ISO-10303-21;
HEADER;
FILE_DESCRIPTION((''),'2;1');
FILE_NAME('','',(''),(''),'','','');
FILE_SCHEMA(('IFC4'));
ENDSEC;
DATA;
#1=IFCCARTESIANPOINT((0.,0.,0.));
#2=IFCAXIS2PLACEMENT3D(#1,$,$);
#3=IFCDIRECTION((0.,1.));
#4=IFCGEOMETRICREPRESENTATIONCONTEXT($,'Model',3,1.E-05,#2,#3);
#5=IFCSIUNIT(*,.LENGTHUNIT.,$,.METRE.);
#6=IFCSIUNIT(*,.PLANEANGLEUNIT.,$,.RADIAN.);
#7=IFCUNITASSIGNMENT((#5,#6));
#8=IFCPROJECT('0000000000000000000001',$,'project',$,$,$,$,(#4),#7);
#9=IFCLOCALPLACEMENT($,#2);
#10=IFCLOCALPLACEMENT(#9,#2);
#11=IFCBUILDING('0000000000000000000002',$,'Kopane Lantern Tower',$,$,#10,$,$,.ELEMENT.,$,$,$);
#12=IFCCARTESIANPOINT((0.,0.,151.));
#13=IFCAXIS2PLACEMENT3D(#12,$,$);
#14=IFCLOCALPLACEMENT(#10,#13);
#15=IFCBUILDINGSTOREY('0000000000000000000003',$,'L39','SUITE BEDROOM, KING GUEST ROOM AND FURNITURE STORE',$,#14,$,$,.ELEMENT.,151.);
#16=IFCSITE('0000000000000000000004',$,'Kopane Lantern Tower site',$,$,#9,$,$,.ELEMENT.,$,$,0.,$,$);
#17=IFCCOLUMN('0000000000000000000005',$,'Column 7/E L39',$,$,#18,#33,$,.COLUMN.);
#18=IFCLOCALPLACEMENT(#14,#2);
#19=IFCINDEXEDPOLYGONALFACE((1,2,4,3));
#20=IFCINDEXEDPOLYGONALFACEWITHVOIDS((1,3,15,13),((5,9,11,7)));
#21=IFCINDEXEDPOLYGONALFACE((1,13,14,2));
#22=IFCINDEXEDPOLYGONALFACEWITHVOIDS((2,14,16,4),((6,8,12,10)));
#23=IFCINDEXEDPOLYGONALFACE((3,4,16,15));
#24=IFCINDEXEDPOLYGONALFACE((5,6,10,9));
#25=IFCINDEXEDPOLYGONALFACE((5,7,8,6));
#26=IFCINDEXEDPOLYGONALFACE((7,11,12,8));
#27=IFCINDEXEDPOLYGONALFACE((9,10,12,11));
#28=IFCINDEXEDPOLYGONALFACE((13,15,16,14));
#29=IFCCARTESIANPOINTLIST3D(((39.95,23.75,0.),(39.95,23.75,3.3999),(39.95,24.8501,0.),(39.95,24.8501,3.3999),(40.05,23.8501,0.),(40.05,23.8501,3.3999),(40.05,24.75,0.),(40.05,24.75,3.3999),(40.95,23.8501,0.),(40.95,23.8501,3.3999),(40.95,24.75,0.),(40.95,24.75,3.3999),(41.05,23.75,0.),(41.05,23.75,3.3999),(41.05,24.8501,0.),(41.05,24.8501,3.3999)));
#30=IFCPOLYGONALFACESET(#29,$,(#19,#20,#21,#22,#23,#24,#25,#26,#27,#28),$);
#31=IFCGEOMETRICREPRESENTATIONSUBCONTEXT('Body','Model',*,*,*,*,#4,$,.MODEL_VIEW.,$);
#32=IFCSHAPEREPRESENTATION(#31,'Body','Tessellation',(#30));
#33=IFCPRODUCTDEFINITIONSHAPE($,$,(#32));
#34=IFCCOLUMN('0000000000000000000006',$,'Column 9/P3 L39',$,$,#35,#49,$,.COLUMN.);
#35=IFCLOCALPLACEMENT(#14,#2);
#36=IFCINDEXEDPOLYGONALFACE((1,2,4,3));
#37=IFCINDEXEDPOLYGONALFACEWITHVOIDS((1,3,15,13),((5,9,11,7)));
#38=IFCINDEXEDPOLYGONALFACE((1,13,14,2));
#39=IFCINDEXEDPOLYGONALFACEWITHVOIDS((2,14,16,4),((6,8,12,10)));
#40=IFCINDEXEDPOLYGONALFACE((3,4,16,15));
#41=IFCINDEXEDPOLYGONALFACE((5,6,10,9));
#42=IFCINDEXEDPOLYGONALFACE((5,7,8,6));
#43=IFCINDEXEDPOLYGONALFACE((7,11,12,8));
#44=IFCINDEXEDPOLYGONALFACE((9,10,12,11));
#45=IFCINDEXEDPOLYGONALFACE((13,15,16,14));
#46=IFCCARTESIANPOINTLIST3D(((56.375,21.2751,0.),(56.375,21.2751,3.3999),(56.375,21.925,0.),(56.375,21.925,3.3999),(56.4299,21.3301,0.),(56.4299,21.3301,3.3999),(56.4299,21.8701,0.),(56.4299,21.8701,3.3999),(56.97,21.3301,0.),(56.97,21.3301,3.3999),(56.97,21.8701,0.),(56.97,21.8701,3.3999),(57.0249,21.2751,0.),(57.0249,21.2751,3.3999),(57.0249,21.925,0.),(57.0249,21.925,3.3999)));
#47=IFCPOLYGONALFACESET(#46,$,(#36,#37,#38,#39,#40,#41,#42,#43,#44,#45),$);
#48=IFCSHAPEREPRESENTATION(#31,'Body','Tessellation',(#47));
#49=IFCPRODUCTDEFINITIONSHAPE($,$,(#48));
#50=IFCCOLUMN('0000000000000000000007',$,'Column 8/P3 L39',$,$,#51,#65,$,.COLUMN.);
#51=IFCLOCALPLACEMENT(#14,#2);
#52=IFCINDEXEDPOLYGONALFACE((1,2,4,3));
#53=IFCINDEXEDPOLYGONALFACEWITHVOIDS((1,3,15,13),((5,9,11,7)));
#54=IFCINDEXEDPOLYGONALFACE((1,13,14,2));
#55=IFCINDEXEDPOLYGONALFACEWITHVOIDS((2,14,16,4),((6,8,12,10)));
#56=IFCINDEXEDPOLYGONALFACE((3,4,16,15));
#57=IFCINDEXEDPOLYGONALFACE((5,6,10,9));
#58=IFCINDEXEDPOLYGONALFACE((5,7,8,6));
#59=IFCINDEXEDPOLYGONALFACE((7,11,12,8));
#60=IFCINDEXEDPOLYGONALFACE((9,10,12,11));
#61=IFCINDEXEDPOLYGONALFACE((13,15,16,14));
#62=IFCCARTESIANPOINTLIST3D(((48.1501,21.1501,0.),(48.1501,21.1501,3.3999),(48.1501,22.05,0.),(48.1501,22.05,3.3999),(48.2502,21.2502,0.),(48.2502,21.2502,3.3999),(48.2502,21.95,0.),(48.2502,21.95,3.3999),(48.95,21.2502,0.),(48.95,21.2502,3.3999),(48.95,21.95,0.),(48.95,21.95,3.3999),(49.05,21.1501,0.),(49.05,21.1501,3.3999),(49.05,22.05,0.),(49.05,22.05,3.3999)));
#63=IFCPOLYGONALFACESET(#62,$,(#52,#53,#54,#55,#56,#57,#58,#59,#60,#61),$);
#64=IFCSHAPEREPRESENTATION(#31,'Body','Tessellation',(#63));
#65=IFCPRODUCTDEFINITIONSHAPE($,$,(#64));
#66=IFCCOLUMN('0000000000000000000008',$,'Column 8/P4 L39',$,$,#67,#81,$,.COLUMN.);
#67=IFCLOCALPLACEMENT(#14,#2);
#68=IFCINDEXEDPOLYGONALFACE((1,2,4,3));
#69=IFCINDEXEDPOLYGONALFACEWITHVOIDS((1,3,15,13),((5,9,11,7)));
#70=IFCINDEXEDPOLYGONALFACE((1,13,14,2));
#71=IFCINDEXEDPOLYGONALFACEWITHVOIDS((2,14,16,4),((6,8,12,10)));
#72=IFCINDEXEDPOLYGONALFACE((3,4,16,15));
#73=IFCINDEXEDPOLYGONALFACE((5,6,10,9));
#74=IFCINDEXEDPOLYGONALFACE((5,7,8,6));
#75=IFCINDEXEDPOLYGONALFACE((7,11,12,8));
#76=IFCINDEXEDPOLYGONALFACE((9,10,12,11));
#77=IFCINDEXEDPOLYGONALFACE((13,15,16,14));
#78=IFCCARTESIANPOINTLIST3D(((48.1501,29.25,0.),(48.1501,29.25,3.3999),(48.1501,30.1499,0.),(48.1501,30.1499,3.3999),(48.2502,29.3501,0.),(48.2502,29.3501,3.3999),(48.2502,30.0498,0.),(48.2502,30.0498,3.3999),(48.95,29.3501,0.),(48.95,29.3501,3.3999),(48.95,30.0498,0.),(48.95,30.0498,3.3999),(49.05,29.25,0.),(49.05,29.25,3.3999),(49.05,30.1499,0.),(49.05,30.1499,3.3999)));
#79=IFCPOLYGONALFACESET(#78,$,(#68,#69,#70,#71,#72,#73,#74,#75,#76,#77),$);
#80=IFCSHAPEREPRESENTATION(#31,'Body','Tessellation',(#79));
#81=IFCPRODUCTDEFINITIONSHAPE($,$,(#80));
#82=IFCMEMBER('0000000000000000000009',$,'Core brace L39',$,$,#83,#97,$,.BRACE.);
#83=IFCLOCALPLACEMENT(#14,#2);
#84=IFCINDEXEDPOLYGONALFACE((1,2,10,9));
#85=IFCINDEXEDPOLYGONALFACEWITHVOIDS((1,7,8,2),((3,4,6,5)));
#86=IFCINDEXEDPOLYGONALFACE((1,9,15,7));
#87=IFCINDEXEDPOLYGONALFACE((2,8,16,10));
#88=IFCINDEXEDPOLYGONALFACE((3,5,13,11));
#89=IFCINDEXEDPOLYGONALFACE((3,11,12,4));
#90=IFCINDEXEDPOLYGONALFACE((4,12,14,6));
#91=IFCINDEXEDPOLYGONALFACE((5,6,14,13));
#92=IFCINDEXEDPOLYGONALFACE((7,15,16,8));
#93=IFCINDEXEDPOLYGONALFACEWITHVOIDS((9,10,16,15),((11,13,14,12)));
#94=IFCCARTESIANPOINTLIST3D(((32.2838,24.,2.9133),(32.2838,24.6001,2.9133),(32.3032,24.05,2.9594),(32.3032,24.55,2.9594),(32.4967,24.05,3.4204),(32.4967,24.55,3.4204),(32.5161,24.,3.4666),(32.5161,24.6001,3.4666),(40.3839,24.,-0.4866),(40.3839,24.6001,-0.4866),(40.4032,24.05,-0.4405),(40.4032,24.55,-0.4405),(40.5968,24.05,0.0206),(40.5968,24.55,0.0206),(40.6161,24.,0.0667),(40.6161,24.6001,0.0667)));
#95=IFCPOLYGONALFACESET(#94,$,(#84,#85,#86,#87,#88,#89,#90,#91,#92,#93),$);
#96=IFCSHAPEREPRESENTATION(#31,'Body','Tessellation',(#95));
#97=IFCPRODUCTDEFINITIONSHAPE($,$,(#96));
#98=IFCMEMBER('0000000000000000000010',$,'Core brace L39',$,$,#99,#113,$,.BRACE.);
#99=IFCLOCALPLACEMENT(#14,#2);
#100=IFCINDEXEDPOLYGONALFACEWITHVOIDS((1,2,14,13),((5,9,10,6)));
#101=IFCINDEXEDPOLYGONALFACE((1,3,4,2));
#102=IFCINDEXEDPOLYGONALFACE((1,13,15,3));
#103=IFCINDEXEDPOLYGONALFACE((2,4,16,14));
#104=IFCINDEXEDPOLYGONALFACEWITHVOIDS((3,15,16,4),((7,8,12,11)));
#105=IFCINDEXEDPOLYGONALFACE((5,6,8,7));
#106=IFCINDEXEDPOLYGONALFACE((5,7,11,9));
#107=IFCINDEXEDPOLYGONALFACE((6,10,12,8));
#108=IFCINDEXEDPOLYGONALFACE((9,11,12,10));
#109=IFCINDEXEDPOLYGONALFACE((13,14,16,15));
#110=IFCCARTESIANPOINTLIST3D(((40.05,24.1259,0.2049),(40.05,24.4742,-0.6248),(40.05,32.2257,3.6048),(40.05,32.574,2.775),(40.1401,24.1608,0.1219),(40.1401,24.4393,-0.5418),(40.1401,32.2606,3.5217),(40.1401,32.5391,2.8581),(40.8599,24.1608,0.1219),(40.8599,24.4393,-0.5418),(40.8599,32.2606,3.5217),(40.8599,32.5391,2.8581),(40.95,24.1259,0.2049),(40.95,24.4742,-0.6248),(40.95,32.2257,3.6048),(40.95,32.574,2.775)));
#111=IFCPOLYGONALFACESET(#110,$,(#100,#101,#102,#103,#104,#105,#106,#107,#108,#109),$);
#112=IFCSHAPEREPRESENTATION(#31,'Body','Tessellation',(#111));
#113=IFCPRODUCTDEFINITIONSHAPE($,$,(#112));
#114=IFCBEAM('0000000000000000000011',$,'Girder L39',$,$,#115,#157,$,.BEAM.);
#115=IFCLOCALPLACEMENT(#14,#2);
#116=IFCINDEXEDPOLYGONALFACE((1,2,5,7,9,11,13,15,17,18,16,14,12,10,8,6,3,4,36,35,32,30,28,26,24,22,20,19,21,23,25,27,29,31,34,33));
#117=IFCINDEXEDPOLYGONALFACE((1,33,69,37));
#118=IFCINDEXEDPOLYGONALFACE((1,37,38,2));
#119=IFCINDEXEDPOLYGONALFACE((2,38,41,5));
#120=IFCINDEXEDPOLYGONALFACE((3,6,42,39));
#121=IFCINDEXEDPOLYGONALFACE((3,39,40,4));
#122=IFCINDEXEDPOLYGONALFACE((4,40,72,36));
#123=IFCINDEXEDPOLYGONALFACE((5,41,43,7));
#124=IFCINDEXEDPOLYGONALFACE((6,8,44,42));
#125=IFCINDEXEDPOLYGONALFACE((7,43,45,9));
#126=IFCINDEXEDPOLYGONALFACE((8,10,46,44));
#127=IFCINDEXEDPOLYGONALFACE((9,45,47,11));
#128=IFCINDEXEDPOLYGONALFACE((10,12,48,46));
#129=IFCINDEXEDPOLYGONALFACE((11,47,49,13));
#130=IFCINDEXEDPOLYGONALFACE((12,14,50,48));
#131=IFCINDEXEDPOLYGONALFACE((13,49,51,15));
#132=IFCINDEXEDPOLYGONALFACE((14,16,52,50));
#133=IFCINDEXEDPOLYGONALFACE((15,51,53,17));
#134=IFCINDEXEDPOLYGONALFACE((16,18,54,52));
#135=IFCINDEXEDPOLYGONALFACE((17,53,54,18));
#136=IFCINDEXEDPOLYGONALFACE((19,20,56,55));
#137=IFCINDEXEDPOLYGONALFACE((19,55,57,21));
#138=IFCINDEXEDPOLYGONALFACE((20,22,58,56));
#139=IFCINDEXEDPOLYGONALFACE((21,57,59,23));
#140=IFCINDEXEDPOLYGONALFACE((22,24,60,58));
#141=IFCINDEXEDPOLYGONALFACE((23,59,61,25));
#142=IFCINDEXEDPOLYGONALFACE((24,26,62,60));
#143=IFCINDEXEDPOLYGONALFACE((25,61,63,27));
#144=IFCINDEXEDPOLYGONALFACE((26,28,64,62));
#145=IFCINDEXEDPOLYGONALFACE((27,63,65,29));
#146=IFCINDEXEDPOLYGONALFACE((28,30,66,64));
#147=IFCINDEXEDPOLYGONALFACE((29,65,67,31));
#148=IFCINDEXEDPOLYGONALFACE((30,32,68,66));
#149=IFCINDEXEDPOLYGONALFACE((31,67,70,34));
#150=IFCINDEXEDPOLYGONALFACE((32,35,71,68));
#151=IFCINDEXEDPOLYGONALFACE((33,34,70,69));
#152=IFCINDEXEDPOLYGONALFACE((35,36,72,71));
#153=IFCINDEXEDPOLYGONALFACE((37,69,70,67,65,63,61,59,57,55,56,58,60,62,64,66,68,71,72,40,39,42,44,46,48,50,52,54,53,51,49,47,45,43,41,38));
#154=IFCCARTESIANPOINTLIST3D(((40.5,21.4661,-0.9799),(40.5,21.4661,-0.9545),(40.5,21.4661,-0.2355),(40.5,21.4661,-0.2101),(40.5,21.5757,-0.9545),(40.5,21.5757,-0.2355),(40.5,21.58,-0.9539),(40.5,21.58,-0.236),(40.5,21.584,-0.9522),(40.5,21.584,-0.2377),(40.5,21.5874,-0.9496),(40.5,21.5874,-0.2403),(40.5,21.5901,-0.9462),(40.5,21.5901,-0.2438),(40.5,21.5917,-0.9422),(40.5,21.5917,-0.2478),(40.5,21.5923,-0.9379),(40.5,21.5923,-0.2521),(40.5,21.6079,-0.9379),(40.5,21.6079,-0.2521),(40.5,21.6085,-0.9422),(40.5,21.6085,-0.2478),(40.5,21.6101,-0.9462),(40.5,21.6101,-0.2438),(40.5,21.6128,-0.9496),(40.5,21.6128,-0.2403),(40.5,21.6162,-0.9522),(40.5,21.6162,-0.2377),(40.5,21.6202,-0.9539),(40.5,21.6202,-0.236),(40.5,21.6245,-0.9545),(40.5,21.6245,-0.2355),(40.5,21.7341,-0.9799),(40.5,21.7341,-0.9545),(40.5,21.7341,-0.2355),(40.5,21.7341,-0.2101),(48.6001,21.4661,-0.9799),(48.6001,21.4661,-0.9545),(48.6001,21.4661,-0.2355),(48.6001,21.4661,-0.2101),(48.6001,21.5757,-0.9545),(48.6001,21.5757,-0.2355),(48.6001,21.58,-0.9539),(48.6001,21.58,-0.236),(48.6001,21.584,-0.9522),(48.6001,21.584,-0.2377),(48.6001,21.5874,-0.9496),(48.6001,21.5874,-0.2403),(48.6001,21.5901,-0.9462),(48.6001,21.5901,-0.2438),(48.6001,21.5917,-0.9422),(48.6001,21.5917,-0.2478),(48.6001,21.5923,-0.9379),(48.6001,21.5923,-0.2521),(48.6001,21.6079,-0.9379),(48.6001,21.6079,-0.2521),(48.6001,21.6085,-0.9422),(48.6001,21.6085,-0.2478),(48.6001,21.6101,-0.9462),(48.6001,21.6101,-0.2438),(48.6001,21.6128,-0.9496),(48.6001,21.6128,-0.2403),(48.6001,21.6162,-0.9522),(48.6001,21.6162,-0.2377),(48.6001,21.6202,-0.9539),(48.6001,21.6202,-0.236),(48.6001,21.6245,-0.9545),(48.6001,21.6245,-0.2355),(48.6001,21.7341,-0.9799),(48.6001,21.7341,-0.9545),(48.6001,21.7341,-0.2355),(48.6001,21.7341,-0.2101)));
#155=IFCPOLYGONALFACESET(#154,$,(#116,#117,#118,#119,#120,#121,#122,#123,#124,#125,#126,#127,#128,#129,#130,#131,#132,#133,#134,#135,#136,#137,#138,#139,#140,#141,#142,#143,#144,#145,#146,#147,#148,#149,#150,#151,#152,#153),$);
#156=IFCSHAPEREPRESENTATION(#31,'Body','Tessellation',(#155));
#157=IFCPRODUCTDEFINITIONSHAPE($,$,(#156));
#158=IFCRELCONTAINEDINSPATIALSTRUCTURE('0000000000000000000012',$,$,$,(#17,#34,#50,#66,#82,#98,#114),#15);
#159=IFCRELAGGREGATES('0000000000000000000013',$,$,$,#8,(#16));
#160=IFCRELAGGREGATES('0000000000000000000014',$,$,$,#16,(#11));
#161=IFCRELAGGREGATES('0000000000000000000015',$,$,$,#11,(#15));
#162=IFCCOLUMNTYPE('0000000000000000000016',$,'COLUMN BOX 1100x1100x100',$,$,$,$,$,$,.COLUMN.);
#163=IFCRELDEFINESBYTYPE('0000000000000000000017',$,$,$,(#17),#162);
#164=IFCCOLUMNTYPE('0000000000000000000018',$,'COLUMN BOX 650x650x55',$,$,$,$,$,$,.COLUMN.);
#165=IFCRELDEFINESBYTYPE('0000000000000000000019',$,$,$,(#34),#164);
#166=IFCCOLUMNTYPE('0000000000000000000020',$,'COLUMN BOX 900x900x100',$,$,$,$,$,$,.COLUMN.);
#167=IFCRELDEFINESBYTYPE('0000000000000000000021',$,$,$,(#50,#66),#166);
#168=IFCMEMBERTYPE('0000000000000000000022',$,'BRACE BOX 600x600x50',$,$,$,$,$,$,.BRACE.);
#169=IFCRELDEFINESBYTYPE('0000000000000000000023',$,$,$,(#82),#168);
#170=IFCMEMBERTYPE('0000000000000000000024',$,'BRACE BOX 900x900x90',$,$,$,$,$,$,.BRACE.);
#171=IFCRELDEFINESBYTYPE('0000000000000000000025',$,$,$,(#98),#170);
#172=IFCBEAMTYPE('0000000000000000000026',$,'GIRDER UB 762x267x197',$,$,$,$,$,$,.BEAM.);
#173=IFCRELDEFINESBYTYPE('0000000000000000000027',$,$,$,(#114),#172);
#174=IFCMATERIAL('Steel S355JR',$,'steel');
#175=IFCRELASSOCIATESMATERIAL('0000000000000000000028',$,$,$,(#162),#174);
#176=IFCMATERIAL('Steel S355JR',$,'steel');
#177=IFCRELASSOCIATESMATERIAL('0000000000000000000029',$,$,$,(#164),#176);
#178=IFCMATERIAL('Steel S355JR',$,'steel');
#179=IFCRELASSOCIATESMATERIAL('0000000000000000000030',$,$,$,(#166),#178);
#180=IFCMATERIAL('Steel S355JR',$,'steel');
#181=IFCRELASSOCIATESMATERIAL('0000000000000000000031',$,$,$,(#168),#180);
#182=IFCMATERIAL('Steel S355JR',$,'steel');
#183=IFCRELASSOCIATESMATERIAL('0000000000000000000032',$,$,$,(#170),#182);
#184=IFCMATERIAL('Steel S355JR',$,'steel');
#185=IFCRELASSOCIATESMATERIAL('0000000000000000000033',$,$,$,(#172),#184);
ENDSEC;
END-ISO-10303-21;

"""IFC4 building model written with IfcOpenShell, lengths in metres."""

from ifc_helpers import new_model, si_unit, direction, frame, origin, origin_2d, place, context, subcontext, project, spatial, hollow_rectangle, i_section, extrude, material, material_profile, profile_set, type_object, element, save


model = new_model("IFC4")

# Units and contexts
model_context = context("Model", 3, precision=1e-05, world=origin(), true_north=direction((0.0, 1.0)))
body_context = subcontext(model_context, "Body", "Model", "MODEL_VIEW")
ifc_project = project(units=[si_unit("LENGTHUNIT", "METRE"), si_unit("PLANEANGLEUNIT", "RADIAN")], contexts=[model_context])

# Site, building, storey
site_placement = place(None, origin())
site = spatial("IfcSite", under=ifc_project, at=site_placement, Name="Kopane Lantern Tower site", CompositionType="ELEMENT", RefElevation=0.0)
building_placement = place(site_placement, origin())
building = spatial("IfcBuilding", under=site, at=building_placement, Name="Kopane Lantern Tower", CompositionType="ELEMENT")
storey_placement = place(building_placement, frame((0.0, 0.0, 151.0)))
storey = spatial("IfcBuildingStorey", under=building, at=storey_placement, Name="L39", Description="SUITE BEDROOM, KING GUEST ROOM AND FURNITURE STORE", CompositionType="ELEMENT", Elevation=151.0)

# Columns
ifc_material_1 = material(Name="Steel S355JR", Category="steel")
ifc_material_profile_1 = material_profile(ifc_material_1, hollow_rectangle(XDim=1.1001, YDim=1.1001, WallThickness=0.1001, at=origin_2d()), Name="BOX 1100x1100x100")
ifc_profile_set_1 = profile_set([ifc_material_profile_1], Name="Steel S355JR")
column_type_1 = type_object("IfcColumnType", Name="COLUMN BOX 1100x1100x100", PredefinedType="COLUMN", material=ifc_profile_set_1)
column_1_placement = place(storey_placement, frame((40.5, 24.3, 0.0), z_axis=(0.0, 0.0, 1.0), x_axis=(1.0, 0.0, 0.0)))
element("IfcColumn", 1, at=column_1_placement, inside=storey, type_object=column_type_1, Name="Column 7/E L39", PredefinedType="COLUMN", context=body_context, shape_type="SweptSolid", body=[
    extrude(hollow_rectangle(XDim=1.1001, YDim=1.1001, WallThickness=0.1001, at=origin_2d()), origin(), (0.0, 0.0, 1.0), 3.3999),
])
ifc_material_2 = material(Name="Steel S355JR", Category="steel")
ifc_material_profile_2 = material_profile(ifc_material_2, hollow_rectangle(XDim=0.6499, YDim=0.6499, WallThickness=0.0549, at=origin_2d()), Name="BOX 650x650x55")
ifc_profile_set_2 = profile_set([ifc_material_profile_2], Name="Steel S355JR")
column_type_2 = type_object("IfcColumnType", Name="COLUMN BOX 650x650x55", PredefinedType="COLUMN", material=ifc_profile_set_2)
column_2_placement = place(storey_placement, frame((56.7, 21.6001, 0.0), z_axis=(0.0, 0.0, 1.0), x_axis=(1.0, 0.0, 0.0)))
element("IfcColumn", 2, at=column_2_placement, inside=storey, type_object=column_type_2, Name="Column 9/P3 L39", PredefinedType="COLUMN", context=body_context, shape_type="SweptSolid", body=[
    extrude(hollow_rectangle(XDim=0.6499, YDim=0.6499, WallThickness=0.0549, at=origin_2d()), origin(), (0.0, 0.0, 1.0), 3.3999),
])
ifc_material_3 = material(Name="Steel S355JR", Category="steel")
ifc_material_profile_3 = material_profile(ifc_material_3, hollow_rectangle(XDim=0.8999, YDim=0.8999, WallThickness=0.1001, at=origin_2d()), Name="BOX 900x900x100")
ifc_profile_set_3 = profile_set([ifc_material_profile_3], Name="Steel S355JR")
column_type_3 = type_object("IfcColumnType", Name="COLUMN BOX 900x900x100", PredefinedType="COLUMN", material=ifc_profile_set_3)
for number, where, z_axis, x_axis, name in (
    (3, (48.6001, 21.6001, 0.0), (0.0, 0.0, 1.0), (1.0, 0.0, 0.0), "Column 8/P3 L39"),
    (4, (48.6001, 29.7, 0.0), (0.0, 0.0, 1.0), (1.0, 0.0, 0.0), "Column 8/P4 L39"),
):
    element("IfcColumn", number, at=place(storey_placement, frame(where, z_axis=z_axis, x_axis=x_axis)), inside=storey, type_object=column_type_3, Name=name, PredefinedType="COLUMN", context=body_context, shape_type="SweptSolid", body=[
        extrude(hollow_rectangle(XDim=0.8999, YDim=0.8999, WallThickness=0.1001, at=origin_2d()), origin(), (0.0, 0.0, 1.0), 3.3999),
    ])

# Members
ifc_material_4 = material(Name="Steel S355JR", Category="steel")
ifc_material_profile_4 = material_profile(ifc_material_4, hollow_rectangle(XDim=0.6001, YDim=0.6001, WallThickness=0.05, at=origin_2d()), Name="BOX 600x600x50")
ifc_profile_set_4 = profile_set([ifc_material_profile_4], Name="Steel S355JR")
member_type_1 = type_object("IfcMemberType", Name="BRACE BOX 600x600x50", PredefinedType="BRACE", material=ifc_profile_set_4)
member_1_placement = place(storey_placement, frame((40.5, 24.3, -0.21), z_axis=(-0.922069, 0.0, 0.387026), x_axis=(0.0, -1.0, 0.0)))
element("IfcMember", 5, at=member_1_placement, inside=storey, type_object=member_type_1, Name="Core brace L39", PredefinedType="BRACE", context=body_context, shape_type="SweptSolid", body=[
    extrude(hollow_rectangle(XDim=0.6001, YDim=0.6001, WallThickness=0.05, at=origin_2d()), origin(), (0.0, 0.0, 1.0), 8.7847),
])
ifc_material_5 = material(Name="Steel S355JR", Category="steel")
ifc_material_profile_5 = material_profile(ifc_material_5, hollow_rectangle(XDim=0.8999, YDim=0.8999, WallThickness=0.0901, at=origin_2d()), Name="BOX 900x900x90")
ifc_profile_set_5 = profile_set([ifc_material_profile_5], Name="Steel S355JR")
member_type_2 = type_object("IfcMemberType", Name="BRACE BOX 900x900x90", PredefinedType="BRACE", material=ifc_profile_set_5)
member_2_placement = place(storey_placement, frame((40.5, 24.3, -0.21), z_axis=(0.0, 0.922065, 0.387035), x_axis=(-1.0, 0.0, 0.0)))
element("IfcMember", 6, at=member_2_placement, inside=storey, type_object=member_type_2, Name="Core brace L39", PredefinedType="BRACE", context=body_context, shape_type="SweptSolid", body=[
    extrude(hollow_rectangle(XDim=0.8999, YDim=0.8999, WallThickness=0.0901, at=origin_2d()), origin(), (0.0, 0.0, 1.0), 8.7844),
])

# Beam
ifc_material_6 = material(Name="Steel S355JR", Category="steel")
ifc_material_profile_6 = material_profile(ifc_material_6, i_section(OverallWidth=0.2681, OverallDepth=0.7698, WebThickness=0.0156, FlangeThickness=0.0254, FilletRadius=0.0166, at=origin_2d()), Name="UB 762x267x197")
ifc_profile_set_6 = profile_set([ifc_material_profile_6], Name="Steel S355JR")
beam_type = type_object("IfcBeamType", Name="GIRDER UB 762x267x197", PredefinedType="BEAM", material=ifc_profile_set_6)
beam_1_placement = place(storey_placement, frame((40.5, 21.6001, -0.595), z_axis=(1.0, 0.0, 0.0), x_axis=(0.0, 1.0, 0.0)))
element("IfcBeam", 7, at=beam_1_placement, inside=storey, type_object=beam_type, Name="Girder L39", PredefinedType="BEAM", context=body_context, shape_type="SweptSolid", body=[
    extrude(i_section(OverallWidth=0.2681, OverallDepth=0.7698, WebThickness=0.0156, FlangeThickness=0.0254, FilletRadius=0.0166, at=origin_2d()), origin(), (0.0, 0.0, 1.0), 8.1001),
])

save(model, "model.ifc")
